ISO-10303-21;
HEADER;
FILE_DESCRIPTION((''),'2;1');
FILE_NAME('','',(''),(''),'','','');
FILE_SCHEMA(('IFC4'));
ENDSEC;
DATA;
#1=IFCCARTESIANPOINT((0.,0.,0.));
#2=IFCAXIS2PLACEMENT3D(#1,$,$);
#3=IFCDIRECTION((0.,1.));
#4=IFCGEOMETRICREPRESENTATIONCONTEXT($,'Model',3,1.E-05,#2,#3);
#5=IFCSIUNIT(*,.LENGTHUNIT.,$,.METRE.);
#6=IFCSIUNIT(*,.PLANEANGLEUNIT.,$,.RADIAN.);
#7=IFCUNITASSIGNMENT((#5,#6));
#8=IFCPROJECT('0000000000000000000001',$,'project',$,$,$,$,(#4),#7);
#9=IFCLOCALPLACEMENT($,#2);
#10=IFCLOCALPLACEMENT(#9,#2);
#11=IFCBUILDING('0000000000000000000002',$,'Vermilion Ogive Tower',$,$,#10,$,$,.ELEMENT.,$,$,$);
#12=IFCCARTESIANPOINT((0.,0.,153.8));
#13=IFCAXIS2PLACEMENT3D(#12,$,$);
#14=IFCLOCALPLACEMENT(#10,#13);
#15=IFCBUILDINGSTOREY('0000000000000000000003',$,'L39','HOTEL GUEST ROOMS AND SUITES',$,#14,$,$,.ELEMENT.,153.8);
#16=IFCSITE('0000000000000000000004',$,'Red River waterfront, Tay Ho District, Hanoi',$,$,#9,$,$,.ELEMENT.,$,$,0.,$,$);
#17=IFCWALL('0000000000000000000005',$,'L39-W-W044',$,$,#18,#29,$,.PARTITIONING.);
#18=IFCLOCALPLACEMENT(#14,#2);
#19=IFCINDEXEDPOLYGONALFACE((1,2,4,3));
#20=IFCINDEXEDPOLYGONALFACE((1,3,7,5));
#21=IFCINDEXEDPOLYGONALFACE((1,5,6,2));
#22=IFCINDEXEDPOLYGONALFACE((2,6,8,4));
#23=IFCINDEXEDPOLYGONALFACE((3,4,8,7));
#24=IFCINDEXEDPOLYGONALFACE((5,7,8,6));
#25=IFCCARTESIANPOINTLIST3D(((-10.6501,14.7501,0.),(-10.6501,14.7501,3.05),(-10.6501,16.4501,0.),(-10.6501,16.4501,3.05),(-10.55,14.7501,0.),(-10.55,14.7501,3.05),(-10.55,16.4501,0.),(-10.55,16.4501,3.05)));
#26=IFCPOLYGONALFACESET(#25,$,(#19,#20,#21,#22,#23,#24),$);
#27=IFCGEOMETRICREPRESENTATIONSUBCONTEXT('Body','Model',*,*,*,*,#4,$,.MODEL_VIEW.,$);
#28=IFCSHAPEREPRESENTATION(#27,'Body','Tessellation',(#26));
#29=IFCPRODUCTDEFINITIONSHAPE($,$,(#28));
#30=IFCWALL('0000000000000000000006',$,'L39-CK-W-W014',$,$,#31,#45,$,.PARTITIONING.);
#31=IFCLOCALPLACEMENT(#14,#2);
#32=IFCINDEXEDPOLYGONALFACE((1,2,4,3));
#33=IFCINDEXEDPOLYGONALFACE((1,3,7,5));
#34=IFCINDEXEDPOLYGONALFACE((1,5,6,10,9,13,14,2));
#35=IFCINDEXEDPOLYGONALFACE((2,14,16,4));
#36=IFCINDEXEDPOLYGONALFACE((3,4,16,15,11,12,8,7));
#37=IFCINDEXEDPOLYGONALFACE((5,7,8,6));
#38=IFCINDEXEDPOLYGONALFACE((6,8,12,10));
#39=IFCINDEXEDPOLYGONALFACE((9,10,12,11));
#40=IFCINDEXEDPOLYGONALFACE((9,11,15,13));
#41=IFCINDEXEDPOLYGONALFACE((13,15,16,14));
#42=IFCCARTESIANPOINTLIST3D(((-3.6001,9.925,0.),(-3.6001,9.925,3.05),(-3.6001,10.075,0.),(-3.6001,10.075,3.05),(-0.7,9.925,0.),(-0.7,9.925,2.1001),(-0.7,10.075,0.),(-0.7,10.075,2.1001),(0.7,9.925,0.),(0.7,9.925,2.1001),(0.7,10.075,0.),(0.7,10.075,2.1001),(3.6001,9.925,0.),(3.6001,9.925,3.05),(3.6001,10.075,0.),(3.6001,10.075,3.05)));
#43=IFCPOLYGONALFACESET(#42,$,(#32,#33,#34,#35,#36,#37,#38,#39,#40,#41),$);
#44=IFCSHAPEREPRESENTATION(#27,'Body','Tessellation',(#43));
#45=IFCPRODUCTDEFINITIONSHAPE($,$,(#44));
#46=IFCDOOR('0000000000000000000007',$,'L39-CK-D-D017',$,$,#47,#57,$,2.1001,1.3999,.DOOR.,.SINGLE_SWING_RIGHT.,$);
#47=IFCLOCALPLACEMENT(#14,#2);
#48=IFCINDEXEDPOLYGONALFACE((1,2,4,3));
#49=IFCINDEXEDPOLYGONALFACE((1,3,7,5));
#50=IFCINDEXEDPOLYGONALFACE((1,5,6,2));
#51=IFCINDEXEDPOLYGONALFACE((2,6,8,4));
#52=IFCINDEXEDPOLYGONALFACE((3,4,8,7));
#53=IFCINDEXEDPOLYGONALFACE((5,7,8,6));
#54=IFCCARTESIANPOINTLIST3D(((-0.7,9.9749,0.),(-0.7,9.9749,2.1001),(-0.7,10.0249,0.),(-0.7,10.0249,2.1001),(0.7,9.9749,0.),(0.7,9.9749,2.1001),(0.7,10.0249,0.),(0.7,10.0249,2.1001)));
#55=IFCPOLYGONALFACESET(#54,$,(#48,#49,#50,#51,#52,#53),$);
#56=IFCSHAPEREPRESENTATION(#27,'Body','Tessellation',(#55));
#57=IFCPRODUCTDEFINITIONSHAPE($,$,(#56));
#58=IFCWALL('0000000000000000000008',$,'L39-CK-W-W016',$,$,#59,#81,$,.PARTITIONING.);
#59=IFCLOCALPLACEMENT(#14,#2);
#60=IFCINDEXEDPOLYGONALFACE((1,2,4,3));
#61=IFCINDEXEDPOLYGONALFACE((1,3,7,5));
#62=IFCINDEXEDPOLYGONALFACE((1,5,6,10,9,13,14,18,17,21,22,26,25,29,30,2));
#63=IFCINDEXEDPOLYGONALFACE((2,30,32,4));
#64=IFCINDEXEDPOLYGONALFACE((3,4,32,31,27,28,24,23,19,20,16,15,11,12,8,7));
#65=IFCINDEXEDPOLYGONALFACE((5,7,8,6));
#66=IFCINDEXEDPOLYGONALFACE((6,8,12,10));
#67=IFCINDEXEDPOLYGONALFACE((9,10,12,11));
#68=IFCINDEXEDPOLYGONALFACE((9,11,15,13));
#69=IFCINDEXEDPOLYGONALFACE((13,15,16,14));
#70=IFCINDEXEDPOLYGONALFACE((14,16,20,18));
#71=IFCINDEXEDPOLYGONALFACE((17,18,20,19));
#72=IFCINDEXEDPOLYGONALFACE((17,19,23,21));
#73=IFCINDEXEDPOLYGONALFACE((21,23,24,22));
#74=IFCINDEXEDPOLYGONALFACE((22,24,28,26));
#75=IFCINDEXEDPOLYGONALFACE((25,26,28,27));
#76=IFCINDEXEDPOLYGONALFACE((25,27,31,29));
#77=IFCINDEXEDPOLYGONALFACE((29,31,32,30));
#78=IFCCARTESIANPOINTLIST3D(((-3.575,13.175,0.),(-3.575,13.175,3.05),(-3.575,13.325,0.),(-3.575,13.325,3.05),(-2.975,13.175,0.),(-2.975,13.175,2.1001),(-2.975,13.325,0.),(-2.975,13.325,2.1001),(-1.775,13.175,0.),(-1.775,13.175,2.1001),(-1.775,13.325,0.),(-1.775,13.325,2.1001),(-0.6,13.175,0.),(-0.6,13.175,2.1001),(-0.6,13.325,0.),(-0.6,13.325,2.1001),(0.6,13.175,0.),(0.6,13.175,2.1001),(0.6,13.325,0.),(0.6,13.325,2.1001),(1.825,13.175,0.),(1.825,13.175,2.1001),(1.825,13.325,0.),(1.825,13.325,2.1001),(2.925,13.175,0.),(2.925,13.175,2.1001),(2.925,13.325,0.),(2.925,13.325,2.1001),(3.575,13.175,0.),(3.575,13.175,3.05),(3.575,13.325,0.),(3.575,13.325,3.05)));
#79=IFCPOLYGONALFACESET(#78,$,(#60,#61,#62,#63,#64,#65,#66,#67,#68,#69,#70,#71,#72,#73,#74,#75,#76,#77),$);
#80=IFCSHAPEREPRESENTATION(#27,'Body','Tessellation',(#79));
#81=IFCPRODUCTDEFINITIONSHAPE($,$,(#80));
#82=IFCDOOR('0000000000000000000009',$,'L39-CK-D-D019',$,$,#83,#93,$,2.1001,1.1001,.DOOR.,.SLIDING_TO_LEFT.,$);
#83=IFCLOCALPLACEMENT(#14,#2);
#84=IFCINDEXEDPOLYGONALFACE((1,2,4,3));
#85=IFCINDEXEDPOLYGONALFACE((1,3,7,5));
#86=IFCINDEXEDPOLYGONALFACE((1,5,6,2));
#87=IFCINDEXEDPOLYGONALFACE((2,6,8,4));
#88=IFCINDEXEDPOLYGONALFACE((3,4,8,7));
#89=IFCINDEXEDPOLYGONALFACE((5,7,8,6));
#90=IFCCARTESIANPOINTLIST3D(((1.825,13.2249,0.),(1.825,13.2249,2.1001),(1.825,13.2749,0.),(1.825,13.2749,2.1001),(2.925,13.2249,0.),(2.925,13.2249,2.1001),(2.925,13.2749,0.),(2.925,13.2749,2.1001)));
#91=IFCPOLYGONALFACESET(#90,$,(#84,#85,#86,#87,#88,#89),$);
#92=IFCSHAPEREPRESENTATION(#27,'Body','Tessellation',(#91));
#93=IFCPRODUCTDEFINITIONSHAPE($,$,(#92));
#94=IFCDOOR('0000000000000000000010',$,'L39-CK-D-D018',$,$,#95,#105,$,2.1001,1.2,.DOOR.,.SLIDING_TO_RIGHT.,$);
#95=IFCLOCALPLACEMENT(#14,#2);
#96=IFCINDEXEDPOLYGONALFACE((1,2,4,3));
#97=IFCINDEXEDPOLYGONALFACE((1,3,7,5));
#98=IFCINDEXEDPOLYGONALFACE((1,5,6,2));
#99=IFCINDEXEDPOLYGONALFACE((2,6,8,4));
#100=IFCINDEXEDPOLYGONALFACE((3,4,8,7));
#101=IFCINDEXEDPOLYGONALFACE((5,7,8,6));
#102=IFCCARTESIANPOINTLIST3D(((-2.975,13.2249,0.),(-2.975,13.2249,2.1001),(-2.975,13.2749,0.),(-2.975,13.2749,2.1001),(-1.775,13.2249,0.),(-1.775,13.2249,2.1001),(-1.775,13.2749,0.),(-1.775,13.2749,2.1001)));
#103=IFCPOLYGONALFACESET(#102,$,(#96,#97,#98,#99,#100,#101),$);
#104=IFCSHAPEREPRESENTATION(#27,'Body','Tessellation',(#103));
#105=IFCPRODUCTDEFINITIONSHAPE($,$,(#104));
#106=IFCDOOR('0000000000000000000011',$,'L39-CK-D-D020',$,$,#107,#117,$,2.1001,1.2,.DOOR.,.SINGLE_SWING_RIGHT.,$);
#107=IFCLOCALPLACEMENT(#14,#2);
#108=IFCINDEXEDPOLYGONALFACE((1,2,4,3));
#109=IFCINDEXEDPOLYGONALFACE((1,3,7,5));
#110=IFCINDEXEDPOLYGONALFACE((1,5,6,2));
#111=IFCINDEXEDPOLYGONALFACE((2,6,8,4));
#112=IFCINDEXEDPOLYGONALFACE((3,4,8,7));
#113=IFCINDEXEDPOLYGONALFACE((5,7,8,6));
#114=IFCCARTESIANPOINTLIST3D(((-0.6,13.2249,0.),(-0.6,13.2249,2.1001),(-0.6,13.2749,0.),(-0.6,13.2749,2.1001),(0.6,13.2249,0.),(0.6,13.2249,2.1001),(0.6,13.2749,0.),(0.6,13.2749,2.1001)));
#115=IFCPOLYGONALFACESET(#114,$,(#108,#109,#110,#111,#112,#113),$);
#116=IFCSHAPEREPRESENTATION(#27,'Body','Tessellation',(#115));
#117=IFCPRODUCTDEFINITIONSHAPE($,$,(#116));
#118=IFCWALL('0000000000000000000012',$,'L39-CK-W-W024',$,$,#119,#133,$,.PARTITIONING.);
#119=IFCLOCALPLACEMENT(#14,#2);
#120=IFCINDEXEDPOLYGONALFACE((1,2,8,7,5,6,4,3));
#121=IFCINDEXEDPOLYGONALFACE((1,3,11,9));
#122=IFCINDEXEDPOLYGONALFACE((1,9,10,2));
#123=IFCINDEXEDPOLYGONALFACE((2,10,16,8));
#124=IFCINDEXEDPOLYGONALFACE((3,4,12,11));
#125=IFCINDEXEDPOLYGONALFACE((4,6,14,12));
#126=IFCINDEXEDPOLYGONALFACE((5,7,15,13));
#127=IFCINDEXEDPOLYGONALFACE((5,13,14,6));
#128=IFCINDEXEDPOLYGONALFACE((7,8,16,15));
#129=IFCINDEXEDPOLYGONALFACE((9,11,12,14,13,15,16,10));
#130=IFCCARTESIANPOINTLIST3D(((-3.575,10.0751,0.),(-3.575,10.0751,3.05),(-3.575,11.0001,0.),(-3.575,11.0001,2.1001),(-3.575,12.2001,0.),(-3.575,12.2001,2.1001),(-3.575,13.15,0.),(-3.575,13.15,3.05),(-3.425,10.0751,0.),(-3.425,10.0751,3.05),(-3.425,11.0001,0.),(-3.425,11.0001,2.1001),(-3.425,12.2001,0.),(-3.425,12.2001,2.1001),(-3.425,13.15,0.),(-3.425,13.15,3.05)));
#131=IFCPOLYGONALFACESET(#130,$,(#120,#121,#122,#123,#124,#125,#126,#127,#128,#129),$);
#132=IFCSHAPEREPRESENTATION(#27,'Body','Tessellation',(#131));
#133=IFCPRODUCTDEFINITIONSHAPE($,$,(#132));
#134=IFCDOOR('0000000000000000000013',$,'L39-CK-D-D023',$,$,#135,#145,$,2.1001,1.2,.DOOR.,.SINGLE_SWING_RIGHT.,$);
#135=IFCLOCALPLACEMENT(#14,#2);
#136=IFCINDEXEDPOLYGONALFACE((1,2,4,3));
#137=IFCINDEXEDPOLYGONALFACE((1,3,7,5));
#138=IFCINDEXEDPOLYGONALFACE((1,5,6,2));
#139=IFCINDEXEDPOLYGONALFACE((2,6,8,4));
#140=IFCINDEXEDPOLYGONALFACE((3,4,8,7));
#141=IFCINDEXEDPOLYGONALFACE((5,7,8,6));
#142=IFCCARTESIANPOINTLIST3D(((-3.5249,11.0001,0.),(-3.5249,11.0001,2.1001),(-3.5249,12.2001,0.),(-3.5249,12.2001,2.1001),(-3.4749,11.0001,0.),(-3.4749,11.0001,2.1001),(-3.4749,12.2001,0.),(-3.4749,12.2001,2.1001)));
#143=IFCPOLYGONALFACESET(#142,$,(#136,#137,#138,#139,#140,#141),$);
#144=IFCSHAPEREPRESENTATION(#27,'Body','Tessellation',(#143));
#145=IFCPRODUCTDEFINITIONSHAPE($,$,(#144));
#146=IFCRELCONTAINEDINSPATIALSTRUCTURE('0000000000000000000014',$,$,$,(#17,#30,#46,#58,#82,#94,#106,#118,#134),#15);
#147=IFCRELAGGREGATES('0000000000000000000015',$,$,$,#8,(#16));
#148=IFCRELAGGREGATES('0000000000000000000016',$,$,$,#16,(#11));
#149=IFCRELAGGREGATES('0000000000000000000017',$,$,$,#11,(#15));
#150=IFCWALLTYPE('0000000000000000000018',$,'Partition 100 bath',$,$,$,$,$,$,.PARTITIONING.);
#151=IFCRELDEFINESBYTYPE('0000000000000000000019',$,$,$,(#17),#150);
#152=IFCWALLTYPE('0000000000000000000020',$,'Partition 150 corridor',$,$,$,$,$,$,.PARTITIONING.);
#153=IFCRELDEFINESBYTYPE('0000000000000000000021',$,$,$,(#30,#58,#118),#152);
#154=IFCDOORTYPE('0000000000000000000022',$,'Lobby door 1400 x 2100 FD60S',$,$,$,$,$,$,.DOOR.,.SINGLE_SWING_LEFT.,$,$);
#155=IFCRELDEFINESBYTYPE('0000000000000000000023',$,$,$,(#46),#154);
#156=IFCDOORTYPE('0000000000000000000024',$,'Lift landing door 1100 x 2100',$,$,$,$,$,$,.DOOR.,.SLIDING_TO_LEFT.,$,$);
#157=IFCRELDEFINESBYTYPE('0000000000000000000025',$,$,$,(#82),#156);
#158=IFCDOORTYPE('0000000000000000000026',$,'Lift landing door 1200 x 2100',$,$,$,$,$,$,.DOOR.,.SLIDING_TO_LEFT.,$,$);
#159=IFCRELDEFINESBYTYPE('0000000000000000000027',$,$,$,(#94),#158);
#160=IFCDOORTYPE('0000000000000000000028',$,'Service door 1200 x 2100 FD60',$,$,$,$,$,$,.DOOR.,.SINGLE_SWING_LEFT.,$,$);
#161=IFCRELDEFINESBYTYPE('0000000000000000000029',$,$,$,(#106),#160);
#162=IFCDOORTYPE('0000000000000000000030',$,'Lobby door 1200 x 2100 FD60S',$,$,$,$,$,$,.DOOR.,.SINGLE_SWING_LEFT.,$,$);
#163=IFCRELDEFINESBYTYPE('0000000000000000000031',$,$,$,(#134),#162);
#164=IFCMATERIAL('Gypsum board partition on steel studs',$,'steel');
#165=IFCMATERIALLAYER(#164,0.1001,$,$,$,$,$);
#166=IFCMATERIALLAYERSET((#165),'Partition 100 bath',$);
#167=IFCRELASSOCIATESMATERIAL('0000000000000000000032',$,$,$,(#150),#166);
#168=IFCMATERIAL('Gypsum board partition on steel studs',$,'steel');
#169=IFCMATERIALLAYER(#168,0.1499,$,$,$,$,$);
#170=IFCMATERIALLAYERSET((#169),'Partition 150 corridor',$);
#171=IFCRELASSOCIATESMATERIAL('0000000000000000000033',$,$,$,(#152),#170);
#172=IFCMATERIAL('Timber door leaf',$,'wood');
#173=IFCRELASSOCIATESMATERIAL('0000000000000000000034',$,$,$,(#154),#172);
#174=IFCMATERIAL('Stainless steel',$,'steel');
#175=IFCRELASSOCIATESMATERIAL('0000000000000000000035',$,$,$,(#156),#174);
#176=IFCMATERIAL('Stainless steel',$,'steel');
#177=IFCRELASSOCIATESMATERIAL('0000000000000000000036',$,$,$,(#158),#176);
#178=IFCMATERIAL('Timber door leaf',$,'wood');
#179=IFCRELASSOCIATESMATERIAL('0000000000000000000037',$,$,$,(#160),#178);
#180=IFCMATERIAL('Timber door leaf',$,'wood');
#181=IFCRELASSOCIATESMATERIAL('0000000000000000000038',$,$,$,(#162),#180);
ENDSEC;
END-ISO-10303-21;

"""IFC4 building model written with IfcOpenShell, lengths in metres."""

from ifc_helpers import new_model, si_unit, direction, frame, frame_2d, origin, place, context, subcontext, project, spatial, rectangle, extrude, material, layer, layer_set, type_object, element, fill, save


model = new_model("IFC4")

# Units and contexts
model_context = context("Model", 3, precision=1e-05, world=origin(), true_north=direction((0.0, 1.0)))
body_context = subcontext(model_context, "Body", "Model", "MODEL_VIEW")
ifc_project = project(units=[si_unit("LENGTHUNIT", "METRE"), si_unit("PLANEANGLEUNIT", "RADIAN")], contexts=[model_context])

# Site, building, storey
site_placement = place(None, origin())
site = spatial("IfcSite", under=ifc_project, at=site_placement, Name="Red River waterfront, Tay Ho District, Hanoi", CompositionType="ELEMENT", RefElevation=0.0)
building_placement = place(site_placement, origin())
building = spatial("IfcBuilding", under=site, at=building_placement, Name="Vermilion Ogive Tower", CompositionType="ELEMENT")
storey_placement = place(building_placement, frame((0.0, 0.0, 153.8)))
storey = spatial("IfcBuildingStorey", under=building, at=storey_placement, Name="L39", Description="HOTEL GUEST ROOMS AND SUITES", CompositionType="ELEMENT", Elevation=153.8)

# Wall
ifc_material_1 = material(Name="Gypsum board partition on steel studs", Category="steel")
ifc_layer_1 = layer(ifc_material_1, 0.1001)
ifc_layer_set_1 = layer_set([ifc_layer_1], Name="Partition 100 bath")
wall_type_1 = type_object("IfcWallType", Name="Partition 100 bath", PredefinedType="PARTITIONING", material=ifc_layer_set_1)
wall_1_placement = place(storey_placement, frame((-10.6001, 14.75, 0.0), z_axis=(0.0, 0.0, 1.0), x_axis=(0.0, 1.0, 0.0)))
element("IfcWall", 1, at=wall_1_placement, inside=storey, type_object=wall_type_1, Name="L39-W-W044", PredefinedType="PARTITIONING", context=body_context, shape_type="SweptSolid", body=[
    extrude(rectangle(XDim=1.7, YDim=0.1001, at=frame_2d((0.8501, 0.0))), origin(), (0.0, 0.0, 1.0), 3.05),
])

# Wall, opening, door
ifc_material_2 = material(Name="Gypsum board partition on steel studs", Category="steel")
ifc_layer_2 = layer(ifc_material_2, 0.1499)
ifc_layer_set_2 = layer_set([ifc_layer_2], Name="Partition 150 corridor")
wall_type_2 = type_object("IfcWallType", Name="Partition 150 corridor", PredefinedType="PARTITIONING", material=ifc_layer_set_2)
wall_2_placement = place(storey_placement, frame((-3.6001, 10.0, 0.0), z_axis=(0.0, 0.0, 1.0), x_axis=(1.0, 0.0, 0.0)))
wall_2 = element("IfcWall", 2, at=wall_2_placement, inside=storey, type_object=wall_type_2, Name="L39-CK-W-W014", PredefinedType="PARTITIONING", context=body_context, shape_type="SweptSolid", body=[
    extrude(rectangle(XDim=7.2002, YDim=0.1499, at=frame_2d((3.6001, 0.0))), origin(), (0.0, 0.0, 1.0), 3.05),
])
opening_1_placement = place(wall_2_placement, frame((2.9001, 0.0, 0.0)))
opening_1 = element("IfcOpeningElement", 3, at=opening_1_placement, cuts=wall_2, PredefinedType="OPENING", context=body_context, shape_type="SweptSolid", body=[
    extrude(rectangle(XDim=1.3999, YDim=2.1001, at=frame_2d((0.7, 1.05))), frame((0.0, 0.085, 0.0), z_axis=(0.0, -1.0, 0.0), x_axis=(1.0, 0.0, 0.0)), (0.0, 0.0, 1.0), 0.1699),
])
ifc_material_3 = material(Name="Timber door leaf", Category="wood")
door_type_1 = type_object("IfcDoorType", Name="Lobby door 1400 x 2100 FD60S", OperationType="SINGLE_SWING_LEFT", PredefinedType="DOOR", material=ifc_material_3)
door_1_placement = place(opening_1_placement, origin())
door_1 = element("IfcDoor", 4, at=door_1_placement, inside=storey, type_object=door_type_1, Name="L39-CK-D-D017", OperationType="SINGLE_SWING_RIGHT", OverallHeight=2.1001, OverallWidth=1.3999, PredefinedType="DOOR", context=body_context, shape_type="SweptSolid", body=[
    extrude(rectangle(XDim=1.3999, YDim=2.1001, at=frame_2d((0.7, 1.05))), frame((0.0, 0.0249, 0.0), z_axis=(0.0, -1.0, 0.0), x_axis=(1.0, 0.0, 0.0)), (0.0, 0.0, 1.0), 0.05),
])
fill(opening_1, door_1)

# Wall, openings, doors
wall_3_placement = place(storey_placement, frame((-3.575, 13.25, 0.0), z_axis=(0.0, 0.0, 1.0), x_axis=(1.0, 0.0, 0.0)))
wall_3 = element("IfcWall", 5, at=wall_3_placement, inside=storey, type_object=wall_type_2, Name="L39-CK-W-W016", PredefinedType="PARTITIONING", context=body_context, shape_type="SweptSolid", body=[
    extrude(rectangle(XDim=7.1499, YDim=0.1499, at=frame_2d((3.575, 0.0))), origin(), (0.0, 0.0, 1.0), 3.05),
])
opening_2_placement = place(wall_3_placement, frame((0.5999, 0.0, 0.0)))
opening_2 = element("IfcOpeningElement", 6, at=opening_2_placement, cuts=wall_3, PredefinedType="OPENING", context=body_context, shape_type="SweptSolid", body=[
    extrude(rectangle(XDim=1.2, YDim=2.1001, at=frame_2d((0.6001, 1.05))), frame((0.0, 0.085, 0.0), z_axis=(0.0, -1.0, 0.0), x_axis=(1.0, 0.0, 0.0)), (0.0, 0.0, 1.0), 0.1699),
])
opening_3_placement = place(wall_3_placement, frame((5.3999, 0.0, 0.0)))
opening_3 = element("IfcOpeningElement", 7, at=opening_3_placement, cuts=wall_3, PredefinedType="OPENING", context=body_context, shape_type="SweptSolid", body=[
    extrude(rectangle(XDim=1.1001, YDim=2.1001, at=frame_2d((0.55, 1.05))), frame((0.0, 0.085, 0.0), z_axis=(0.0, -1.0, 0.0), x_axis=(1.0, 0.0, 0.0)), (0.0, 0.0, 1.0), 0.1699),
])
opening_4_placement = place(wall_3_placement, frame((2.9749, 0.0, 0.0)))
opening_4 = element("IfcOpeningElement", 8, at=opening_4_placement, cuts=wall_3, PredefinedType="OPENING", context=body_context, shape_type="SweptSolid", body=[
    extrude(rectangle(XDim=1.2, YDim=2.1001, at=frame_2d((0.6001, 1.05))), frame((0.0, 0.085, 0.0), z_axis=(0.0, -1.0, 0.0), x_axis=(1.0, 0.0, 0.0)), (0.0, 0.0, 1.0), 0.1699),
])
ifc_material_4 = material(Name="Stainless steel", Category="steel")
door_type_2 = type_object("IfcDoorType", Name="Lift landing door 1100 x 2100", OperationType="SLIDING_TO_LEFT", PredefinedType="DOOR", material=ifc_material_4)
door_2_placement = place(opening_3_placement, origin())
door_2 = element("IfcDoor", 9, at=door_2_placement, inside=storey, type_object=door_type_2, Name="L39-CK-D-D019", OperationType="SLIDING_TO_LEFT", OverallHeight=2.1001, OverallWidth=1.1001, PredefinedType="DOOR", context=body_context, shape_type="SweptSolid", body=[
    extrude(rectangle(XDim=1.1001, YDim=2.1001, at=frame_2d((0.55, 1.05))), frame((0.0, 0.0249, 0.0), z_axis=(0.0, -1.0, 0.0), x_axis=(1.0, 0.0, 0.0)), (0.0, 0.0, 1.0), 0.05),
])
fill(opening_3, door_2)
ifc_material_5 = material(Name="Stainless steel", Category="steel")
door_type_3 = type_object("IfcDoorType", Name="Lift landing door 1200 x 2100", OperationType="SLIDING_TO_LEFT", PredefinedType="DOOR", material=ifc_material_5)
door_3_placement = place(opening_2_placement, origin())
door_3 = element("IfcDoor", 10, at=door_3_placement, inside=storey, type_object=door_type_3, Name="L39-CK-D-D018", OperationType="SLIDING_TO_RIGHT", OverallHeight=2.1001, OverallWidth=1.2, PredefinedType="DOOR", context=body_context, shape_type="SweptSolid", body=[
    extrude(rectangle(XDim=1.2, YDim=2.1001, at=frame_2d((0.6001, 1.05))), frame((0.0, 0.0249, 0.0), z_axis=(0.0, -1.0, 0.0), x_axis=(1.0, 0.0, 0.0)), (0.0, 0.0, 1.0), 0.05),
])
fill(opening_2, door_3)
ifc_material_6 = material(Name="Timber door leaf", Category="wood")
door_type_4 = type_object("IfcDoorType", Name="Service door 1200 x 2100 FD60", OperationType="SINGLE_SWING_LEFT", PredefinedType="DOOR", material=ifc_material_6)
door_4_placement = place(opening_4_placement, origin())
door_4 = element("IfcDoor", 11, at=door_4_placement, inside=storey, type_object=door_type_4, Name="L39-CK-D-D020", OperationType="SINGLE_SWING_RIGHT", OverallHeight=2.1001, OverallWidth=1.2, PredefinedType="DOOR", context=body_context, shape_type="SweptSolid", body=[
    extrude(rectangle(XDim=1.2, YDim=2.1001, at=frame_2d((0.6001, 1.05))), frame((0.0, 0.0249, 0.0), z_axis=(0.0, -1.0, 0.0), x_axis=(1.0, 0.0, 0.0)), (0.0, 0.0, 1.0), 0.05),
])
fill(opening_4, door_4)

# Wall, opening, door
wall_4_placement = place(storey_placement, frame((-3.5, 10.075, 0.0), z_axis=(0.0, 0.0, 1.0), x_axis=(0.0, 1.0, 0.0)))
wall_4 = element("IfcWall", 12, at=wall_4_placement, inside=storey, type_object=wall_type_2, Name="L39-CK-W-W024", PredefinedType="PARTITIONING", context=body_context, shape_type="SweptSolid", body=[
    extrude(rectangle(XDim=3.075, YDim=0.1499, at=frame_2d((1.5376, 0.0))), origin(), (0.0, 0.0, 1.0), 3.05),
])
opening_5_placement = place(wall_4_placement, frame((0.925, 0.0, 0.0)))
opening_5 = element("IfcOpeningElement", 13, at=opening_5_placement, cuts=wall_4, PredefinedType="OPENING", context=body_context, shape_type="SweptSolid", body=[
    extrude(rectangle(XDim=1.2, YDim=2.1001, at=frame_2d((0.6001, 1.05))), frame((0.0, 0.085, 0.0), z_axis=(0.0, -1.0, 0.0), x_axis=(1.0, 0.0, 0.0)), (0.0, 0.0, 1.0), 0.1699),
])
ifc_material_7 = material(Name="Timber door leaf", Category="wood")
door_type_5 = type_object("IfcDoorType", Name="Lobby door 1200 x 2100 FD60S", OperationType="SINGLE_SWING_LEFT", PredefinedType="DOOR", material=ifc_material_7)
door_5_placement = place(opening_5_placement, origin())
door_5 = element("IfcDoor", 14, at=door_5_placement, inside=storey, type_object=door_type_5, Name="L39-CK-D-D023", OperationType="SINGLE_SWING_RIGHT", OverallHeight=2.1001, OverallWidth=1.2, PredefinedType="DOOR", context=body_context, shape_type="SweptSolid", body=[
    extrude(rectangle(XDim=1.2, YDim=2.1001, at=frame_2d((0.6001, 1.05))), frame((0.0, 0.0249, 0.0), z_axis=(0.0, -1.0, 0.0), x_axis=(1.0, 0.0, 0.0)), (0.0, 0.0, 1.0), 0.05),
])
fill(opening_5, door_5)

save(model, "model.ifc")
